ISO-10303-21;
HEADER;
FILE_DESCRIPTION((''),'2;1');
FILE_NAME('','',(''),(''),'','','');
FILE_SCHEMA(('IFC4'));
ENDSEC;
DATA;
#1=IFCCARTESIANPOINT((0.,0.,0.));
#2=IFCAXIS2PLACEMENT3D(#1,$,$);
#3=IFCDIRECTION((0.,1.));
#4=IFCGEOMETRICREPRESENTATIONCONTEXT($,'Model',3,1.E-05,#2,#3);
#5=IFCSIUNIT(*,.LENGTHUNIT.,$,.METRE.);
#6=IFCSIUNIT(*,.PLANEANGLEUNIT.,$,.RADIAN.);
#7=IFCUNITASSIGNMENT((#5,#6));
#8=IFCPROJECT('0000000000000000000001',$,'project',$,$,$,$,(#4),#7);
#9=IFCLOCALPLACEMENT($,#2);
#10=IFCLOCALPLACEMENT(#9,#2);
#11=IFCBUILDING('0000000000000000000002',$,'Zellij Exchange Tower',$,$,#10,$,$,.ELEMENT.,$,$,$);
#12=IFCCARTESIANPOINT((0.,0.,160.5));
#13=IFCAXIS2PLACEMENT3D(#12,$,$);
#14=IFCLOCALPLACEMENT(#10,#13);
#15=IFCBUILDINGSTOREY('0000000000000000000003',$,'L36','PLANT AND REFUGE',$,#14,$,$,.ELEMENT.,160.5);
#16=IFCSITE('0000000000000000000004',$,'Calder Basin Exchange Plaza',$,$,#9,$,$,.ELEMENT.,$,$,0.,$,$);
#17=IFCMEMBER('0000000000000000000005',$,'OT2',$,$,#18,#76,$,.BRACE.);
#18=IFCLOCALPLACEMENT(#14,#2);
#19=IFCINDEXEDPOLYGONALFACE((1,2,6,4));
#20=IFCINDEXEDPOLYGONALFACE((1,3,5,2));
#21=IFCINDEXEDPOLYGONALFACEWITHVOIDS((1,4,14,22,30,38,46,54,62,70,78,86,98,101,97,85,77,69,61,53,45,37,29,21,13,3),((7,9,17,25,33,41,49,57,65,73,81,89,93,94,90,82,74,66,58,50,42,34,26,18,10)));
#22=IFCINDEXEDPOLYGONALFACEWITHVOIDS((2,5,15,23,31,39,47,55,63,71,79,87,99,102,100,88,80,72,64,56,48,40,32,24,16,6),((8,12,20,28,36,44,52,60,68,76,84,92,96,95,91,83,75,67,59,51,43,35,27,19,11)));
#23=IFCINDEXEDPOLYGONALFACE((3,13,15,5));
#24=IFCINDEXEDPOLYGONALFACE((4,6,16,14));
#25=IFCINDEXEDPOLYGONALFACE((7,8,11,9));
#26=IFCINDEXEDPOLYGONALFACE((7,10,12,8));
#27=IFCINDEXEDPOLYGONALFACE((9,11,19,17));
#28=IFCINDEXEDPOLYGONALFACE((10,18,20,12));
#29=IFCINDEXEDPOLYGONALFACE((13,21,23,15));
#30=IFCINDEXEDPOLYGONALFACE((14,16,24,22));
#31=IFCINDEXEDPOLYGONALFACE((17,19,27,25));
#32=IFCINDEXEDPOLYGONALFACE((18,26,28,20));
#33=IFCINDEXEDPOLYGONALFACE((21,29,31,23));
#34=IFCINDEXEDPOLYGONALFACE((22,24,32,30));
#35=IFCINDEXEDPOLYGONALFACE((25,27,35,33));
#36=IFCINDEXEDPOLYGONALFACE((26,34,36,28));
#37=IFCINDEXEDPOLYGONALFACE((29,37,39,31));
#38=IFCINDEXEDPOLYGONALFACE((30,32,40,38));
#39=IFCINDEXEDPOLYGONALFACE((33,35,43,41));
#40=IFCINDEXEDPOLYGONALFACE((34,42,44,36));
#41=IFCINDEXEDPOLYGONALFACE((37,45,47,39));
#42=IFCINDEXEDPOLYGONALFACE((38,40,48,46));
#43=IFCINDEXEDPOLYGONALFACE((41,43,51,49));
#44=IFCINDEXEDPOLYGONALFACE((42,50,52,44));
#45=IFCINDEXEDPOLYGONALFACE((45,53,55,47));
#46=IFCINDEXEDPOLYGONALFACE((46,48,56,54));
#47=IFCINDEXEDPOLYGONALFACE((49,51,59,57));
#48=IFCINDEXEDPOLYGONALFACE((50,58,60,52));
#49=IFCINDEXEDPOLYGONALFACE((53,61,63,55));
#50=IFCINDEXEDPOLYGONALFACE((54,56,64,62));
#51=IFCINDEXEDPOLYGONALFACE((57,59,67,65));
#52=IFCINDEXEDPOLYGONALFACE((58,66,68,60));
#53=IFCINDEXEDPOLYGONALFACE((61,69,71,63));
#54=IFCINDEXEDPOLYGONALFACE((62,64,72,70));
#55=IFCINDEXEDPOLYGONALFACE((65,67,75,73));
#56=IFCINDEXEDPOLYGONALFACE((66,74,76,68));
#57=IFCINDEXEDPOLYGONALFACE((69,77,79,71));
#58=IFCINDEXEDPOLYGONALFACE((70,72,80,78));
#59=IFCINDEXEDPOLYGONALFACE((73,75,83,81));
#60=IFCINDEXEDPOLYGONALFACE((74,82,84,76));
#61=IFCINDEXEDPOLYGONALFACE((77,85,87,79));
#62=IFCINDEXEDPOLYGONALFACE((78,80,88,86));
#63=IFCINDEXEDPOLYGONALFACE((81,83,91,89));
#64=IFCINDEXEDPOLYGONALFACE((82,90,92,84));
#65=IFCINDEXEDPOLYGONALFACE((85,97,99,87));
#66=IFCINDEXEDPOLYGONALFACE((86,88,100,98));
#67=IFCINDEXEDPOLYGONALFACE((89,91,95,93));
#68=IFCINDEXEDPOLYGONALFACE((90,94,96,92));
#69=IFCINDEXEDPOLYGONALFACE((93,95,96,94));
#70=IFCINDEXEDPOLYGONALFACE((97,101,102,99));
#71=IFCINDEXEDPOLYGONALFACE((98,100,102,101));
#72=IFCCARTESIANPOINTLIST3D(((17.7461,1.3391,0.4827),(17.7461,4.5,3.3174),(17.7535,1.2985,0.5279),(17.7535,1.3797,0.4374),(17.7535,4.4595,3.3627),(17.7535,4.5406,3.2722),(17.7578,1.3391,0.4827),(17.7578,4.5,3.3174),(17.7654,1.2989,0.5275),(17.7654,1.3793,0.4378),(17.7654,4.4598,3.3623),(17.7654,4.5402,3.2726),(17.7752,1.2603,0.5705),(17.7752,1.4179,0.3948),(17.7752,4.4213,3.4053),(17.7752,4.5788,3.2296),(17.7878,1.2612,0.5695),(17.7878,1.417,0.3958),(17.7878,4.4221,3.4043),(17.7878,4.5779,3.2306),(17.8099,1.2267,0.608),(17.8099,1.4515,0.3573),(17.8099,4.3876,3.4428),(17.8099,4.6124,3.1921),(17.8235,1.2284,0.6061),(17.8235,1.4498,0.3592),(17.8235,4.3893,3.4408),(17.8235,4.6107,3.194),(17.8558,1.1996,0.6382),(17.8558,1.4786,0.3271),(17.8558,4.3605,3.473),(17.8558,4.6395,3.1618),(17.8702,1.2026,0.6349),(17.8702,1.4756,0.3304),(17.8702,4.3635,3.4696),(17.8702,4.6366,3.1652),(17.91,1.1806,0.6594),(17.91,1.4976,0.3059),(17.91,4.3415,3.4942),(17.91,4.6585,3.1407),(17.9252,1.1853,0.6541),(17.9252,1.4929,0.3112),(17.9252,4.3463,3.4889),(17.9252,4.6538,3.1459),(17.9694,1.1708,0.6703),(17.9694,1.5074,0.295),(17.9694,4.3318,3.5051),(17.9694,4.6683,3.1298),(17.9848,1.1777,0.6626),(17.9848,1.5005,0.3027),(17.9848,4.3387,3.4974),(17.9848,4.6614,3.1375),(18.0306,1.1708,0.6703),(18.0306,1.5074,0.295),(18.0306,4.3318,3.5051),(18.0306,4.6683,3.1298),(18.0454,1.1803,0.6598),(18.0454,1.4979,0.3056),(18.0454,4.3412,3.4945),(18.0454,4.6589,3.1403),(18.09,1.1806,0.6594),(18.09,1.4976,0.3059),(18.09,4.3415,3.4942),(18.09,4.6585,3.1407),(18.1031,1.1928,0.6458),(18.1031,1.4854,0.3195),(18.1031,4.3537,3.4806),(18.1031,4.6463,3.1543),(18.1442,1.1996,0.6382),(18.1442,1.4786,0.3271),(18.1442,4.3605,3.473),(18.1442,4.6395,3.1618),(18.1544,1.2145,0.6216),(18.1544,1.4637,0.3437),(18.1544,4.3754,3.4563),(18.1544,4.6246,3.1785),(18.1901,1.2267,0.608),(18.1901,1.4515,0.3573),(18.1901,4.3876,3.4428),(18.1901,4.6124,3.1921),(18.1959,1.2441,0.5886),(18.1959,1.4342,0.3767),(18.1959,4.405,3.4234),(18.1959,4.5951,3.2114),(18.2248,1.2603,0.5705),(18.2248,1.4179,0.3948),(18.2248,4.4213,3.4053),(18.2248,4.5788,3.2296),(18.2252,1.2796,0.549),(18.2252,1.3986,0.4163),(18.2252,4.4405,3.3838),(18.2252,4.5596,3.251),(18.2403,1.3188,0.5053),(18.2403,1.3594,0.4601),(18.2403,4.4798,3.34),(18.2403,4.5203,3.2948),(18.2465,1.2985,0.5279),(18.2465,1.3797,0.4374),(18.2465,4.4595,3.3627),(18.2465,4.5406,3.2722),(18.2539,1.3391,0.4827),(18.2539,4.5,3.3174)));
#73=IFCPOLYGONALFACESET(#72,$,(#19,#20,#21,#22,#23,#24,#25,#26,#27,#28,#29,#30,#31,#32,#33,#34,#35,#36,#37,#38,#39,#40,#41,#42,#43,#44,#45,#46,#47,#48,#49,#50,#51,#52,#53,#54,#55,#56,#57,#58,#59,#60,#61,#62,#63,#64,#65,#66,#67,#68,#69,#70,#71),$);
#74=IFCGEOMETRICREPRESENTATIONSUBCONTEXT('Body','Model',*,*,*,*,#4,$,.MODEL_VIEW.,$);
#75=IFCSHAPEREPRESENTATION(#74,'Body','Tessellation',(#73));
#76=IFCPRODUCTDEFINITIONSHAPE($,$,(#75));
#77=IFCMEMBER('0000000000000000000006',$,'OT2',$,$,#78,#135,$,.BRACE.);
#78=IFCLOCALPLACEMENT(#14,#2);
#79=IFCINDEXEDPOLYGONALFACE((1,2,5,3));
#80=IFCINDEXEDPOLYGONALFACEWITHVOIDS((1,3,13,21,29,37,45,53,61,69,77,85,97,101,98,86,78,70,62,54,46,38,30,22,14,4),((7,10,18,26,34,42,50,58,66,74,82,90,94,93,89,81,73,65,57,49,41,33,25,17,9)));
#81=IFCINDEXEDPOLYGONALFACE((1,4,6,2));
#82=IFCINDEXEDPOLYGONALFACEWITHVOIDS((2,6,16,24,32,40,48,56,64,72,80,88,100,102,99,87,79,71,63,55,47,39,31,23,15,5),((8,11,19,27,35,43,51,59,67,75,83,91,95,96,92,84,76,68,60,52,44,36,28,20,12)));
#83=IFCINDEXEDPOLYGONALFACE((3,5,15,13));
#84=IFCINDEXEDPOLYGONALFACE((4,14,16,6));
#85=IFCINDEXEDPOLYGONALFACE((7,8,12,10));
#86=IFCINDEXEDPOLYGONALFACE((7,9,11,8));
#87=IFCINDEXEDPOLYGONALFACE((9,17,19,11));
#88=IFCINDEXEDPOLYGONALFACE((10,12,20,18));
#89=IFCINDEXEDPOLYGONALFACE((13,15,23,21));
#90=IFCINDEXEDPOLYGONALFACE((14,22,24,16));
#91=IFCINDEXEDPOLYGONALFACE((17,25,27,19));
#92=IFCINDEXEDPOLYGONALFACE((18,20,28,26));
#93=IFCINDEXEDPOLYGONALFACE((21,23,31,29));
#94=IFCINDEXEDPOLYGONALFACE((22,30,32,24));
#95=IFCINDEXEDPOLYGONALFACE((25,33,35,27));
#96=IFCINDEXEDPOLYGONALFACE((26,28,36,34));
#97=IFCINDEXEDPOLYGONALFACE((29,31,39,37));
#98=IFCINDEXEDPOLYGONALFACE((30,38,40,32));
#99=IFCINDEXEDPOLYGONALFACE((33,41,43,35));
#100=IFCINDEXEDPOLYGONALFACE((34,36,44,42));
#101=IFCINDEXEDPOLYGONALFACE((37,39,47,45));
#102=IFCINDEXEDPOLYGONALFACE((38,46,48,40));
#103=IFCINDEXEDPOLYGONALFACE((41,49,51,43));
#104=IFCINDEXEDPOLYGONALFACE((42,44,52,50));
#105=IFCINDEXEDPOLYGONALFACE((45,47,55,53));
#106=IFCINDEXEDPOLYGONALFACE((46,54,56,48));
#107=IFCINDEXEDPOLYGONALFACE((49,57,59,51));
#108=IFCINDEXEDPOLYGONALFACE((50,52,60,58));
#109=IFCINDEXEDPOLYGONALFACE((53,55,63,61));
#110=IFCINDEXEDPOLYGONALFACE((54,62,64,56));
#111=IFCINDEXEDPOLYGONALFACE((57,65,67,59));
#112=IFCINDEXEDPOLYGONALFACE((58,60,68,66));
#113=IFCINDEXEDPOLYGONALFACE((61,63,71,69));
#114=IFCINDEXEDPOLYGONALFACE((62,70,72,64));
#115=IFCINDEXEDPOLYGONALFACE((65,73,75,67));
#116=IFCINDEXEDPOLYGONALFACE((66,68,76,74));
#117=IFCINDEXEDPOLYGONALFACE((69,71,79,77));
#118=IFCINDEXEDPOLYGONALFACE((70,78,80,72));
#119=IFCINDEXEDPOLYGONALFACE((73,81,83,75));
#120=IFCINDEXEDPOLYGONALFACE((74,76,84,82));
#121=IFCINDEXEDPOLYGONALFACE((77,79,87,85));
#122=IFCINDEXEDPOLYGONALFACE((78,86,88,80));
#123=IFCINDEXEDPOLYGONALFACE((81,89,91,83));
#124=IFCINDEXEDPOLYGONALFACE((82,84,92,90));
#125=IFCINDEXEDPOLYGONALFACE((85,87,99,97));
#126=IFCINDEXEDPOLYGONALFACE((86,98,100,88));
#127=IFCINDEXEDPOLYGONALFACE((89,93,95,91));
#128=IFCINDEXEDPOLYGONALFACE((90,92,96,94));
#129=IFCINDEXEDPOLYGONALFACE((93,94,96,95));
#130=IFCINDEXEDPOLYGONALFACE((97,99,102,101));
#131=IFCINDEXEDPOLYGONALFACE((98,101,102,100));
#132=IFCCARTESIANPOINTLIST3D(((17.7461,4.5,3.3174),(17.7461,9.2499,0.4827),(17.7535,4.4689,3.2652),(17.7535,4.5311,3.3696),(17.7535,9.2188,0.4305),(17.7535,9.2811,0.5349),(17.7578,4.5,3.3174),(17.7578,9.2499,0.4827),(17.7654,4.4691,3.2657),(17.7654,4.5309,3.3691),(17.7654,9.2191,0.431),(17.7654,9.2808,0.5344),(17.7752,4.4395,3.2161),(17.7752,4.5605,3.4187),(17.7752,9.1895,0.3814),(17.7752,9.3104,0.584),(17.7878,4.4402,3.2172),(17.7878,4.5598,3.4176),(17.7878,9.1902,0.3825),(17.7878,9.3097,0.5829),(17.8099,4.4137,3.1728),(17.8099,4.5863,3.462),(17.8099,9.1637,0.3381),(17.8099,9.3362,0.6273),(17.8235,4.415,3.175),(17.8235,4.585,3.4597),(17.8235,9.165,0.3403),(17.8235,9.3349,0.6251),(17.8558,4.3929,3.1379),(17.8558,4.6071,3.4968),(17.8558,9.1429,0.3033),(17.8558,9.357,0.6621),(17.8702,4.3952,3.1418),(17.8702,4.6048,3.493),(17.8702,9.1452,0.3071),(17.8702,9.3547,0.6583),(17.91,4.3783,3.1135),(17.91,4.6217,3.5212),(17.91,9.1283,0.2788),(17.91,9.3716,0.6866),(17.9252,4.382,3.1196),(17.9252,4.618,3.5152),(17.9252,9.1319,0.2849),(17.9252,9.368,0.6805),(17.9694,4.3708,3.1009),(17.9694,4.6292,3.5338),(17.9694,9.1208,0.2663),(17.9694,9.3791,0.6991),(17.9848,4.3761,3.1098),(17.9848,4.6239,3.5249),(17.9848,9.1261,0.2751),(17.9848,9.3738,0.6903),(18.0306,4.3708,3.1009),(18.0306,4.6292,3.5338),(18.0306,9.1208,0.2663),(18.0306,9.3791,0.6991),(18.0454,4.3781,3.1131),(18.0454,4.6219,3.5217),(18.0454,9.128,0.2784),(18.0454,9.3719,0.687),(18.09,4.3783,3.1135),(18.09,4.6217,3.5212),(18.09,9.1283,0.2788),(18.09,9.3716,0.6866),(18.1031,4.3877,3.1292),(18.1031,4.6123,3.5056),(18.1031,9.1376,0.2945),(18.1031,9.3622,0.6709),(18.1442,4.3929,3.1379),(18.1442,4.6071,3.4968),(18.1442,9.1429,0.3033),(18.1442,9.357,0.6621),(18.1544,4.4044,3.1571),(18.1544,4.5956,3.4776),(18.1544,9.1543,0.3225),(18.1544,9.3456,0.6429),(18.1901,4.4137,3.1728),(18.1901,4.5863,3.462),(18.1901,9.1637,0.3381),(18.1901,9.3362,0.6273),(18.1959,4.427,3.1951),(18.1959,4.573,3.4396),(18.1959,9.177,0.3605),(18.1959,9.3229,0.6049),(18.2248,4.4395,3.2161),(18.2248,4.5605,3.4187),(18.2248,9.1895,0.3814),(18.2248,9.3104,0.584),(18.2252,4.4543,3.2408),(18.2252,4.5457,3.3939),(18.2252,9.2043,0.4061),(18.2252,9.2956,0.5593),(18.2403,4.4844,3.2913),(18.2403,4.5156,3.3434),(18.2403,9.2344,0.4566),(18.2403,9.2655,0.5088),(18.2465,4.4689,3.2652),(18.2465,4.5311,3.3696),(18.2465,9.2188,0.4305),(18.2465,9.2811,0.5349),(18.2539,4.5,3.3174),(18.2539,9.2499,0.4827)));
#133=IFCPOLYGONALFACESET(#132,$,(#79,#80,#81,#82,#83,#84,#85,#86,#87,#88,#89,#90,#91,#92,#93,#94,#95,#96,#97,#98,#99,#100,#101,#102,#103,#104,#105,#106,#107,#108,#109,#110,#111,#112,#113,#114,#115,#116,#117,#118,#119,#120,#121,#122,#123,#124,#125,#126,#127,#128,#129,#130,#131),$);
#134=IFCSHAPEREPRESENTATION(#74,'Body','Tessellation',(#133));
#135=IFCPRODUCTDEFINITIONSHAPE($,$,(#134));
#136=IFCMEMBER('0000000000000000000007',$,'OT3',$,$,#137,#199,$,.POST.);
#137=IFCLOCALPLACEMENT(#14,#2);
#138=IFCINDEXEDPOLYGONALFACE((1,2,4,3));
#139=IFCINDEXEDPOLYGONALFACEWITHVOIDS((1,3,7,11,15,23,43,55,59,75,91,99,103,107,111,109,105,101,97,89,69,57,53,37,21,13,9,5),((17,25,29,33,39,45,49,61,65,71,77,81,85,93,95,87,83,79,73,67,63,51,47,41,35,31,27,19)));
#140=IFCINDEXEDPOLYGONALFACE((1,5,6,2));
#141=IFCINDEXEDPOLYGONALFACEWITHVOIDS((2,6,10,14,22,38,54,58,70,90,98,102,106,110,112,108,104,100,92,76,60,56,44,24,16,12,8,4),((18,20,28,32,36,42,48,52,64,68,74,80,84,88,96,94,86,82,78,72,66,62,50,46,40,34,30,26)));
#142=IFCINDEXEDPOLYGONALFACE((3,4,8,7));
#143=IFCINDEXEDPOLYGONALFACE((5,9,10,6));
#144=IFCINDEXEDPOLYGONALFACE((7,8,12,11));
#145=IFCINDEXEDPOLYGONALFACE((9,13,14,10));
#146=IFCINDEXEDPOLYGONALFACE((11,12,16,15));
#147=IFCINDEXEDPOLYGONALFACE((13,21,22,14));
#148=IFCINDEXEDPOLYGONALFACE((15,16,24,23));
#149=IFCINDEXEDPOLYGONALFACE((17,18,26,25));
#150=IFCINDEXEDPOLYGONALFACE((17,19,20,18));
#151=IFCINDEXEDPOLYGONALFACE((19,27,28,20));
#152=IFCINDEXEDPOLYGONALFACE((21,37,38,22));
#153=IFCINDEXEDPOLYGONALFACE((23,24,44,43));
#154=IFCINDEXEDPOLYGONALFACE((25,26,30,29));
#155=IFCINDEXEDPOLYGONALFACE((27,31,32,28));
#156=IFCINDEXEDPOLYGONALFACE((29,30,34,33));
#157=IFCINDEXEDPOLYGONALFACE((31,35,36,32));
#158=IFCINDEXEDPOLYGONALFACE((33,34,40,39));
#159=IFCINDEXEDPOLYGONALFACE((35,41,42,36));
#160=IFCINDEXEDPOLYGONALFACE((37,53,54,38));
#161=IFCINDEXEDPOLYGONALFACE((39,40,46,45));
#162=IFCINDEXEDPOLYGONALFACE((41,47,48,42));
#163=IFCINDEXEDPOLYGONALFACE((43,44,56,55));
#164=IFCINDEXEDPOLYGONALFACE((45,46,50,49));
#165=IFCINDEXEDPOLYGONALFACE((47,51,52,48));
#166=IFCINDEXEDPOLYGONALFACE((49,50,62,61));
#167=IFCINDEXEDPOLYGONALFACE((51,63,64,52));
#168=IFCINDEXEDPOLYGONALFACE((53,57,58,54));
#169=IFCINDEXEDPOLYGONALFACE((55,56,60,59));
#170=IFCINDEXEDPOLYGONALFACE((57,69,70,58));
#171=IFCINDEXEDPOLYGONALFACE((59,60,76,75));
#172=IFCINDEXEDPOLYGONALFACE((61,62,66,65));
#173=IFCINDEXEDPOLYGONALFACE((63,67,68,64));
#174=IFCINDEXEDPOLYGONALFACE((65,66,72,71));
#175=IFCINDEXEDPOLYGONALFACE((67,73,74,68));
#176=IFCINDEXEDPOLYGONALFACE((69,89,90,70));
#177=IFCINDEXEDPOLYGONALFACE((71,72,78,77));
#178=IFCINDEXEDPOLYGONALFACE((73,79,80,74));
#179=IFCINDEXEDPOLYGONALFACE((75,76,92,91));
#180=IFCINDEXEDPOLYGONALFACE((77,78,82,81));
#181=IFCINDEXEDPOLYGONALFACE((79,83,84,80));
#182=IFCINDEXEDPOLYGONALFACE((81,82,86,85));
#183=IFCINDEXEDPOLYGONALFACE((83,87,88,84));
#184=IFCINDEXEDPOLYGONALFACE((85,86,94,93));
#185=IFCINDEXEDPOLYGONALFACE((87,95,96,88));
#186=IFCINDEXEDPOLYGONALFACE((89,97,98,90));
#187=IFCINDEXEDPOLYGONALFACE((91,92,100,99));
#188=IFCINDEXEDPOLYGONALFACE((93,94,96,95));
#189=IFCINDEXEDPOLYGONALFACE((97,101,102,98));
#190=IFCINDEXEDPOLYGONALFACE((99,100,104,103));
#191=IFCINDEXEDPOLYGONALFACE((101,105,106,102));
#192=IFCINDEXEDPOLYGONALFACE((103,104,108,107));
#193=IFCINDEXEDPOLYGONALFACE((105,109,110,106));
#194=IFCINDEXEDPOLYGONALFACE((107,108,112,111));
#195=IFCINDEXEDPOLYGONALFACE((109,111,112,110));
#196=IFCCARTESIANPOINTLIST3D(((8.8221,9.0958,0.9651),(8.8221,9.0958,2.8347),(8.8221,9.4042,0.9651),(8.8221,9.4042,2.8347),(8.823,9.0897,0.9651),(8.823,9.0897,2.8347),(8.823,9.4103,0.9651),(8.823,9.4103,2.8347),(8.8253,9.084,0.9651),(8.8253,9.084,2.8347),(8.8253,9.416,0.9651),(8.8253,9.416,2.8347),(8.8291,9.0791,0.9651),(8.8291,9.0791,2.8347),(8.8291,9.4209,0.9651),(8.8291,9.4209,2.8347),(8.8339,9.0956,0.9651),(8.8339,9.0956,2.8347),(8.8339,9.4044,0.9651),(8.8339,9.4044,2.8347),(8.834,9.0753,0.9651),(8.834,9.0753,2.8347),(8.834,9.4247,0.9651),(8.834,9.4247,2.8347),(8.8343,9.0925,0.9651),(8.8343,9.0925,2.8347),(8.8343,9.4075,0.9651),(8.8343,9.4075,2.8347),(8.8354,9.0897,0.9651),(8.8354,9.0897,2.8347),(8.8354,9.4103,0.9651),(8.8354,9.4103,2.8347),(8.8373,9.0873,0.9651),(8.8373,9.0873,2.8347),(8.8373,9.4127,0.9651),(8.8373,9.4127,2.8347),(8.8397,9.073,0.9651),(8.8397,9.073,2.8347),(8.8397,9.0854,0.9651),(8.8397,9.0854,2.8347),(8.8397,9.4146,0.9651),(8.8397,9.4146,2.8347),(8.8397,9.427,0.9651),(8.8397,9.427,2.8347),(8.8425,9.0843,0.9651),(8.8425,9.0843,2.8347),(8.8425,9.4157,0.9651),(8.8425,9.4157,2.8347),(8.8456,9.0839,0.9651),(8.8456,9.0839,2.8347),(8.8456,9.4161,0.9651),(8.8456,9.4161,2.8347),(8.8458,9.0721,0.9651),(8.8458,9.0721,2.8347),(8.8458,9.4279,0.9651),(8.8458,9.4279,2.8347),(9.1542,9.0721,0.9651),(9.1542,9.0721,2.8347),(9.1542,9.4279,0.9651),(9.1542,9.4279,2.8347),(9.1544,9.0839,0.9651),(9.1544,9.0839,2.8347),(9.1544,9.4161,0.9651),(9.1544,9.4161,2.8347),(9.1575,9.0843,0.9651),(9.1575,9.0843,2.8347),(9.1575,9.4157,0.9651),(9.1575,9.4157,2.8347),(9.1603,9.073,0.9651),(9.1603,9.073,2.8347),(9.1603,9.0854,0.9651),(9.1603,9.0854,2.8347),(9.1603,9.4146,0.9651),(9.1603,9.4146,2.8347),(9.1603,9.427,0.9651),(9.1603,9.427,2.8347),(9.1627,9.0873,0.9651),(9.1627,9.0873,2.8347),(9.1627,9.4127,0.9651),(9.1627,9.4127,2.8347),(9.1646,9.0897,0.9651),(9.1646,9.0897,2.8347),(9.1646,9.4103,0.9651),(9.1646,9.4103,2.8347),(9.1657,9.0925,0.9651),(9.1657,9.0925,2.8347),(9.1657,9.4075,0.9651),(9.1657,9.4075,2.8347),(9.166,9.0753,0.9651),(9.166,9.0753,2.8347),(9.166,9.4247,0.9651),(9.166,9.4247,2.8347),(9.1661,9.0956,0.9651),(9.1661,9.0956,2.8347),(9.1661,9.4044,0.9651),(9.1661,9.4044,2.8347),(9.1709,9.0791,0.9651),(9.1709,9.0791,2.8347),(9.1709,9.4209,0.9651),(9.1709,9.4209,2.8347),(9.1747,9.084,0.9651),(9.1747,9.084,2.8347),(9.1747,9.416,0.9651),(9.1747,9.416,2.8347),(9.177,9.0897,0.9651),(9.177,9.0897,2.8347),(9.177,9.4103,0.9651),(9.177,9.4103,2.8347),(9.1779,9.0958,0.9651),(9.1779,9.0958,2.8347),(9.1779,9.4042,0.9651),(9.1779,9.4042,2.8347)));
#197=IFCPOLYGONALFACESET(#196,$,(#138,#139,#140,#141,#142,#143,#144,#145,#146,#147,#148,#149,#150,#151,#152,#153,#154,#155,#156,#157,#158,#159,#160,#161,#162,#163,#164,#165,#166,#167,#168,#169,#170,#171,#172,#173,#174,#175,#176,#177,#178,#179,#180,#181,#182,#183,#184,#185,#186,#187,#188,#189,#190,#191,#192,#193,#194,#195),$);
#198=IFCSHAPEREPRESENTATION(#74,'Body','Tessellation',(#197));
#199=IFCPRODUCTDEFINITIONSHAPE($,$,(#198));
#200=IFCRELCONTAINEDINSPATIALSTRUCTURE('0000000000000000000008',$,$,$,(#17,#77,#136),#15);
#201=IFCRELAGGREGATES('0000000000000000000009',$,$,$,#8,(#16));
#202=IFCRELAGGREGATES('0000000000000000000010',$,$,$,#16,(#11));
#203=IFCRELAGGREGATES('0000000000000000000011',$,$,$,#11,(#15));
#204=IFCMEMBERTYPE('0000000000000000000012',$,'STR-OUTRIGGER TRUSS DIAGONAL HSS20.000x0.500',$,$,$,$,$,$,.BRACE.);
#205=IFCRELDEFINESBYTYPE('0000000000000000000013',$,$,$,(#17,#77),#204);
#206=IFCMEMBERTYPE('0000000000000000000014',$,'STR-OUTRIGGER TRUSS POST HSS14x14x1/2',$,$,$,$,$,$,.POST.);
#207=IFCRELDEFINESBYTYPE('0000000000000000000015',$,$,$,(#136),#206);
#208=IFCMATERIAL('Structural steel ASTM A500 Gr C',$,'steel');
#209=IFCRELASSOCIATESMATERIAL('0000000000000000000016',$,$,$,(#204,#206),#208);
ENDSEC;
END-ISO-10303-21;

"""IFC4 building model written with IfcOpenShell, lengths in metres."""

from ifc_helpers import new_model, si_unit, direction, frame, origin, origin_2d, place, context, subcontext, project, spatial, hollow_rectangle, hollow_circle, extrude, material, material_profile, profile_set, type_object, element, save


model = new_model("IFC4")

# Units and contexts
model_context = context("Model", 3, precision=1e-05, world=origin(), true_north=direction((0.0, 1.0)))
body_context = subcontext(model_context, "Body", "Model", "MODEL_VIEW")
ifc_project = project(units=[si_unit("LENGTHUNIT", "METRE"), si_unit("PLANEANGLEUNIT", "RADIAN")], contexts=[model_context])

# Site, building, storey
site_placement = place(None, origin())
site = spatial("IfcSite", under=ifc_project, at=site_placement, Name="Calder Basin Exchange Plaza", CompositionType="ELEMENT", RefElevation=0.0)
building_placement = place(site_placement, origin())
building = spatial("IfcBuilding", under=site, at=building_placement, Name="Zellij Exchange Tower", CompositionType="ELEMENT")
storey_placement = place(building_placement, frame((0.0, 0.0, 160.5)))
storey = spatial("IfcBuildingStorey", under=building, at=storey_placement, Name="L36", Description="PLANT AND REFUGE", CompositionType="ELEMENT", Elevation=160.5)

# Members
ifc_material_1 = material(Name="Structural steel ASTM A500 Gr C", Category="steel")
ifc_material_profile_1 = material_profile(ifc_material_1, hollow_circle(Radius=0.2539, WallThickness=0.0117, at=origin_2d()), Name="STR-OUTRIGGER TRUSS DIAGONAL HSS20.000x0.500")
ifc_profile_set_1 = profile_set([ifc_material_profile_1], Name="Structural steel ASTM A500 Gr C")
member_type_1 = type_object("IfcMemberType", Name="STR-OUTRIGGER TRUSS DIAGONAL HSS20.000x0.500", PredefinedType="BRACE", material=ifc_profile_set_1)
member_1_placement = place(storey_placement, frame((18.0, 1.3391, 0.4827), z_axis=(0.0, 0.744474, 0.667652), x_axis=(-1.0, 0.0, 0.0)))
element("IfcMember", 1, at=member_1_placement, inside=storey, type_object=member_type_1, Name="OT2", PredefinedType="BRACE", context=body_context, shape_type="SweptSolid", body=[
    extrude(hollow_circle(Radius=0.2539, WallThickness=0.0117, at=origin_2d()), origin(), (0.0, 0.0, 1.0), 4.2458),
])
member_2_placement = place(storey_placement, frame((18.0, 4.5, 3.3174), z_axis=(0.0, 0.858709, -0.512463), x_axis=(-1.0, 0.0, 0.0)))
element("IfcMember", 2, at=member_2_placement, inside=storey, type_object=member_type_1, Name="OT2", PredefinedType="BRACE", context=body_context, shape_type="SweptSolid", body=[
    extrude(hollow_circle(Radius=0.2539, WallThickness=0.0117, at=origin_2d()), origin(), (0.0, 0.0, 1.0), 5.5315),
])
ifc_material_profile_2 = material_profile(ifc_material_1, hollow_rectangle(XDim=0.3557, YDim=0.3557, WallThickness=0.0117, InnerFilletRadius=0.0117, OuterFilletRadius=0.0237, at=origin_2d()), Name="STR-OUTRIGGER TRUSS POST HSS14x14x1/2")
ifc_profile_set_2 = profile_set([ifc_material_profile_2], Name="Structural steel ASTM A500 Gr C")
member_type_2 = type_object("IfcMemberType", Name="STR-OUTRIGGER TRUSS POST HSS14x14x1/2", PredefinedType="POST", material=ifc_profile_set_2)
for number, where, z_axis, x_axis, name in (
    (3, (9.0, 9.25, 0.9651), (0.0, 0.0, 1.0), (1.0, 0.0, 0.0), "OT3"),
):
    element("IfcMember", number, at=place(storey_placement, frame(where, z_axis=z_axis, x_axis=x_axis)), inside=storey, type_object=member_type_2, Name=name, PredefinedType="POST", context=body_context, shape_type="SweptSolid", body=[
        extrude(hollow_rectangle(XDim=0.3557, YDim=0.3557, WallThickness=0.0117, InnerFilletRadius=0.0117, OuterFilletRadius=0.0237, at=origin_2d()), origin(), (0.0, 0.0, 1.0), 1.8696),
    ])

save(model, "model.ifc")
